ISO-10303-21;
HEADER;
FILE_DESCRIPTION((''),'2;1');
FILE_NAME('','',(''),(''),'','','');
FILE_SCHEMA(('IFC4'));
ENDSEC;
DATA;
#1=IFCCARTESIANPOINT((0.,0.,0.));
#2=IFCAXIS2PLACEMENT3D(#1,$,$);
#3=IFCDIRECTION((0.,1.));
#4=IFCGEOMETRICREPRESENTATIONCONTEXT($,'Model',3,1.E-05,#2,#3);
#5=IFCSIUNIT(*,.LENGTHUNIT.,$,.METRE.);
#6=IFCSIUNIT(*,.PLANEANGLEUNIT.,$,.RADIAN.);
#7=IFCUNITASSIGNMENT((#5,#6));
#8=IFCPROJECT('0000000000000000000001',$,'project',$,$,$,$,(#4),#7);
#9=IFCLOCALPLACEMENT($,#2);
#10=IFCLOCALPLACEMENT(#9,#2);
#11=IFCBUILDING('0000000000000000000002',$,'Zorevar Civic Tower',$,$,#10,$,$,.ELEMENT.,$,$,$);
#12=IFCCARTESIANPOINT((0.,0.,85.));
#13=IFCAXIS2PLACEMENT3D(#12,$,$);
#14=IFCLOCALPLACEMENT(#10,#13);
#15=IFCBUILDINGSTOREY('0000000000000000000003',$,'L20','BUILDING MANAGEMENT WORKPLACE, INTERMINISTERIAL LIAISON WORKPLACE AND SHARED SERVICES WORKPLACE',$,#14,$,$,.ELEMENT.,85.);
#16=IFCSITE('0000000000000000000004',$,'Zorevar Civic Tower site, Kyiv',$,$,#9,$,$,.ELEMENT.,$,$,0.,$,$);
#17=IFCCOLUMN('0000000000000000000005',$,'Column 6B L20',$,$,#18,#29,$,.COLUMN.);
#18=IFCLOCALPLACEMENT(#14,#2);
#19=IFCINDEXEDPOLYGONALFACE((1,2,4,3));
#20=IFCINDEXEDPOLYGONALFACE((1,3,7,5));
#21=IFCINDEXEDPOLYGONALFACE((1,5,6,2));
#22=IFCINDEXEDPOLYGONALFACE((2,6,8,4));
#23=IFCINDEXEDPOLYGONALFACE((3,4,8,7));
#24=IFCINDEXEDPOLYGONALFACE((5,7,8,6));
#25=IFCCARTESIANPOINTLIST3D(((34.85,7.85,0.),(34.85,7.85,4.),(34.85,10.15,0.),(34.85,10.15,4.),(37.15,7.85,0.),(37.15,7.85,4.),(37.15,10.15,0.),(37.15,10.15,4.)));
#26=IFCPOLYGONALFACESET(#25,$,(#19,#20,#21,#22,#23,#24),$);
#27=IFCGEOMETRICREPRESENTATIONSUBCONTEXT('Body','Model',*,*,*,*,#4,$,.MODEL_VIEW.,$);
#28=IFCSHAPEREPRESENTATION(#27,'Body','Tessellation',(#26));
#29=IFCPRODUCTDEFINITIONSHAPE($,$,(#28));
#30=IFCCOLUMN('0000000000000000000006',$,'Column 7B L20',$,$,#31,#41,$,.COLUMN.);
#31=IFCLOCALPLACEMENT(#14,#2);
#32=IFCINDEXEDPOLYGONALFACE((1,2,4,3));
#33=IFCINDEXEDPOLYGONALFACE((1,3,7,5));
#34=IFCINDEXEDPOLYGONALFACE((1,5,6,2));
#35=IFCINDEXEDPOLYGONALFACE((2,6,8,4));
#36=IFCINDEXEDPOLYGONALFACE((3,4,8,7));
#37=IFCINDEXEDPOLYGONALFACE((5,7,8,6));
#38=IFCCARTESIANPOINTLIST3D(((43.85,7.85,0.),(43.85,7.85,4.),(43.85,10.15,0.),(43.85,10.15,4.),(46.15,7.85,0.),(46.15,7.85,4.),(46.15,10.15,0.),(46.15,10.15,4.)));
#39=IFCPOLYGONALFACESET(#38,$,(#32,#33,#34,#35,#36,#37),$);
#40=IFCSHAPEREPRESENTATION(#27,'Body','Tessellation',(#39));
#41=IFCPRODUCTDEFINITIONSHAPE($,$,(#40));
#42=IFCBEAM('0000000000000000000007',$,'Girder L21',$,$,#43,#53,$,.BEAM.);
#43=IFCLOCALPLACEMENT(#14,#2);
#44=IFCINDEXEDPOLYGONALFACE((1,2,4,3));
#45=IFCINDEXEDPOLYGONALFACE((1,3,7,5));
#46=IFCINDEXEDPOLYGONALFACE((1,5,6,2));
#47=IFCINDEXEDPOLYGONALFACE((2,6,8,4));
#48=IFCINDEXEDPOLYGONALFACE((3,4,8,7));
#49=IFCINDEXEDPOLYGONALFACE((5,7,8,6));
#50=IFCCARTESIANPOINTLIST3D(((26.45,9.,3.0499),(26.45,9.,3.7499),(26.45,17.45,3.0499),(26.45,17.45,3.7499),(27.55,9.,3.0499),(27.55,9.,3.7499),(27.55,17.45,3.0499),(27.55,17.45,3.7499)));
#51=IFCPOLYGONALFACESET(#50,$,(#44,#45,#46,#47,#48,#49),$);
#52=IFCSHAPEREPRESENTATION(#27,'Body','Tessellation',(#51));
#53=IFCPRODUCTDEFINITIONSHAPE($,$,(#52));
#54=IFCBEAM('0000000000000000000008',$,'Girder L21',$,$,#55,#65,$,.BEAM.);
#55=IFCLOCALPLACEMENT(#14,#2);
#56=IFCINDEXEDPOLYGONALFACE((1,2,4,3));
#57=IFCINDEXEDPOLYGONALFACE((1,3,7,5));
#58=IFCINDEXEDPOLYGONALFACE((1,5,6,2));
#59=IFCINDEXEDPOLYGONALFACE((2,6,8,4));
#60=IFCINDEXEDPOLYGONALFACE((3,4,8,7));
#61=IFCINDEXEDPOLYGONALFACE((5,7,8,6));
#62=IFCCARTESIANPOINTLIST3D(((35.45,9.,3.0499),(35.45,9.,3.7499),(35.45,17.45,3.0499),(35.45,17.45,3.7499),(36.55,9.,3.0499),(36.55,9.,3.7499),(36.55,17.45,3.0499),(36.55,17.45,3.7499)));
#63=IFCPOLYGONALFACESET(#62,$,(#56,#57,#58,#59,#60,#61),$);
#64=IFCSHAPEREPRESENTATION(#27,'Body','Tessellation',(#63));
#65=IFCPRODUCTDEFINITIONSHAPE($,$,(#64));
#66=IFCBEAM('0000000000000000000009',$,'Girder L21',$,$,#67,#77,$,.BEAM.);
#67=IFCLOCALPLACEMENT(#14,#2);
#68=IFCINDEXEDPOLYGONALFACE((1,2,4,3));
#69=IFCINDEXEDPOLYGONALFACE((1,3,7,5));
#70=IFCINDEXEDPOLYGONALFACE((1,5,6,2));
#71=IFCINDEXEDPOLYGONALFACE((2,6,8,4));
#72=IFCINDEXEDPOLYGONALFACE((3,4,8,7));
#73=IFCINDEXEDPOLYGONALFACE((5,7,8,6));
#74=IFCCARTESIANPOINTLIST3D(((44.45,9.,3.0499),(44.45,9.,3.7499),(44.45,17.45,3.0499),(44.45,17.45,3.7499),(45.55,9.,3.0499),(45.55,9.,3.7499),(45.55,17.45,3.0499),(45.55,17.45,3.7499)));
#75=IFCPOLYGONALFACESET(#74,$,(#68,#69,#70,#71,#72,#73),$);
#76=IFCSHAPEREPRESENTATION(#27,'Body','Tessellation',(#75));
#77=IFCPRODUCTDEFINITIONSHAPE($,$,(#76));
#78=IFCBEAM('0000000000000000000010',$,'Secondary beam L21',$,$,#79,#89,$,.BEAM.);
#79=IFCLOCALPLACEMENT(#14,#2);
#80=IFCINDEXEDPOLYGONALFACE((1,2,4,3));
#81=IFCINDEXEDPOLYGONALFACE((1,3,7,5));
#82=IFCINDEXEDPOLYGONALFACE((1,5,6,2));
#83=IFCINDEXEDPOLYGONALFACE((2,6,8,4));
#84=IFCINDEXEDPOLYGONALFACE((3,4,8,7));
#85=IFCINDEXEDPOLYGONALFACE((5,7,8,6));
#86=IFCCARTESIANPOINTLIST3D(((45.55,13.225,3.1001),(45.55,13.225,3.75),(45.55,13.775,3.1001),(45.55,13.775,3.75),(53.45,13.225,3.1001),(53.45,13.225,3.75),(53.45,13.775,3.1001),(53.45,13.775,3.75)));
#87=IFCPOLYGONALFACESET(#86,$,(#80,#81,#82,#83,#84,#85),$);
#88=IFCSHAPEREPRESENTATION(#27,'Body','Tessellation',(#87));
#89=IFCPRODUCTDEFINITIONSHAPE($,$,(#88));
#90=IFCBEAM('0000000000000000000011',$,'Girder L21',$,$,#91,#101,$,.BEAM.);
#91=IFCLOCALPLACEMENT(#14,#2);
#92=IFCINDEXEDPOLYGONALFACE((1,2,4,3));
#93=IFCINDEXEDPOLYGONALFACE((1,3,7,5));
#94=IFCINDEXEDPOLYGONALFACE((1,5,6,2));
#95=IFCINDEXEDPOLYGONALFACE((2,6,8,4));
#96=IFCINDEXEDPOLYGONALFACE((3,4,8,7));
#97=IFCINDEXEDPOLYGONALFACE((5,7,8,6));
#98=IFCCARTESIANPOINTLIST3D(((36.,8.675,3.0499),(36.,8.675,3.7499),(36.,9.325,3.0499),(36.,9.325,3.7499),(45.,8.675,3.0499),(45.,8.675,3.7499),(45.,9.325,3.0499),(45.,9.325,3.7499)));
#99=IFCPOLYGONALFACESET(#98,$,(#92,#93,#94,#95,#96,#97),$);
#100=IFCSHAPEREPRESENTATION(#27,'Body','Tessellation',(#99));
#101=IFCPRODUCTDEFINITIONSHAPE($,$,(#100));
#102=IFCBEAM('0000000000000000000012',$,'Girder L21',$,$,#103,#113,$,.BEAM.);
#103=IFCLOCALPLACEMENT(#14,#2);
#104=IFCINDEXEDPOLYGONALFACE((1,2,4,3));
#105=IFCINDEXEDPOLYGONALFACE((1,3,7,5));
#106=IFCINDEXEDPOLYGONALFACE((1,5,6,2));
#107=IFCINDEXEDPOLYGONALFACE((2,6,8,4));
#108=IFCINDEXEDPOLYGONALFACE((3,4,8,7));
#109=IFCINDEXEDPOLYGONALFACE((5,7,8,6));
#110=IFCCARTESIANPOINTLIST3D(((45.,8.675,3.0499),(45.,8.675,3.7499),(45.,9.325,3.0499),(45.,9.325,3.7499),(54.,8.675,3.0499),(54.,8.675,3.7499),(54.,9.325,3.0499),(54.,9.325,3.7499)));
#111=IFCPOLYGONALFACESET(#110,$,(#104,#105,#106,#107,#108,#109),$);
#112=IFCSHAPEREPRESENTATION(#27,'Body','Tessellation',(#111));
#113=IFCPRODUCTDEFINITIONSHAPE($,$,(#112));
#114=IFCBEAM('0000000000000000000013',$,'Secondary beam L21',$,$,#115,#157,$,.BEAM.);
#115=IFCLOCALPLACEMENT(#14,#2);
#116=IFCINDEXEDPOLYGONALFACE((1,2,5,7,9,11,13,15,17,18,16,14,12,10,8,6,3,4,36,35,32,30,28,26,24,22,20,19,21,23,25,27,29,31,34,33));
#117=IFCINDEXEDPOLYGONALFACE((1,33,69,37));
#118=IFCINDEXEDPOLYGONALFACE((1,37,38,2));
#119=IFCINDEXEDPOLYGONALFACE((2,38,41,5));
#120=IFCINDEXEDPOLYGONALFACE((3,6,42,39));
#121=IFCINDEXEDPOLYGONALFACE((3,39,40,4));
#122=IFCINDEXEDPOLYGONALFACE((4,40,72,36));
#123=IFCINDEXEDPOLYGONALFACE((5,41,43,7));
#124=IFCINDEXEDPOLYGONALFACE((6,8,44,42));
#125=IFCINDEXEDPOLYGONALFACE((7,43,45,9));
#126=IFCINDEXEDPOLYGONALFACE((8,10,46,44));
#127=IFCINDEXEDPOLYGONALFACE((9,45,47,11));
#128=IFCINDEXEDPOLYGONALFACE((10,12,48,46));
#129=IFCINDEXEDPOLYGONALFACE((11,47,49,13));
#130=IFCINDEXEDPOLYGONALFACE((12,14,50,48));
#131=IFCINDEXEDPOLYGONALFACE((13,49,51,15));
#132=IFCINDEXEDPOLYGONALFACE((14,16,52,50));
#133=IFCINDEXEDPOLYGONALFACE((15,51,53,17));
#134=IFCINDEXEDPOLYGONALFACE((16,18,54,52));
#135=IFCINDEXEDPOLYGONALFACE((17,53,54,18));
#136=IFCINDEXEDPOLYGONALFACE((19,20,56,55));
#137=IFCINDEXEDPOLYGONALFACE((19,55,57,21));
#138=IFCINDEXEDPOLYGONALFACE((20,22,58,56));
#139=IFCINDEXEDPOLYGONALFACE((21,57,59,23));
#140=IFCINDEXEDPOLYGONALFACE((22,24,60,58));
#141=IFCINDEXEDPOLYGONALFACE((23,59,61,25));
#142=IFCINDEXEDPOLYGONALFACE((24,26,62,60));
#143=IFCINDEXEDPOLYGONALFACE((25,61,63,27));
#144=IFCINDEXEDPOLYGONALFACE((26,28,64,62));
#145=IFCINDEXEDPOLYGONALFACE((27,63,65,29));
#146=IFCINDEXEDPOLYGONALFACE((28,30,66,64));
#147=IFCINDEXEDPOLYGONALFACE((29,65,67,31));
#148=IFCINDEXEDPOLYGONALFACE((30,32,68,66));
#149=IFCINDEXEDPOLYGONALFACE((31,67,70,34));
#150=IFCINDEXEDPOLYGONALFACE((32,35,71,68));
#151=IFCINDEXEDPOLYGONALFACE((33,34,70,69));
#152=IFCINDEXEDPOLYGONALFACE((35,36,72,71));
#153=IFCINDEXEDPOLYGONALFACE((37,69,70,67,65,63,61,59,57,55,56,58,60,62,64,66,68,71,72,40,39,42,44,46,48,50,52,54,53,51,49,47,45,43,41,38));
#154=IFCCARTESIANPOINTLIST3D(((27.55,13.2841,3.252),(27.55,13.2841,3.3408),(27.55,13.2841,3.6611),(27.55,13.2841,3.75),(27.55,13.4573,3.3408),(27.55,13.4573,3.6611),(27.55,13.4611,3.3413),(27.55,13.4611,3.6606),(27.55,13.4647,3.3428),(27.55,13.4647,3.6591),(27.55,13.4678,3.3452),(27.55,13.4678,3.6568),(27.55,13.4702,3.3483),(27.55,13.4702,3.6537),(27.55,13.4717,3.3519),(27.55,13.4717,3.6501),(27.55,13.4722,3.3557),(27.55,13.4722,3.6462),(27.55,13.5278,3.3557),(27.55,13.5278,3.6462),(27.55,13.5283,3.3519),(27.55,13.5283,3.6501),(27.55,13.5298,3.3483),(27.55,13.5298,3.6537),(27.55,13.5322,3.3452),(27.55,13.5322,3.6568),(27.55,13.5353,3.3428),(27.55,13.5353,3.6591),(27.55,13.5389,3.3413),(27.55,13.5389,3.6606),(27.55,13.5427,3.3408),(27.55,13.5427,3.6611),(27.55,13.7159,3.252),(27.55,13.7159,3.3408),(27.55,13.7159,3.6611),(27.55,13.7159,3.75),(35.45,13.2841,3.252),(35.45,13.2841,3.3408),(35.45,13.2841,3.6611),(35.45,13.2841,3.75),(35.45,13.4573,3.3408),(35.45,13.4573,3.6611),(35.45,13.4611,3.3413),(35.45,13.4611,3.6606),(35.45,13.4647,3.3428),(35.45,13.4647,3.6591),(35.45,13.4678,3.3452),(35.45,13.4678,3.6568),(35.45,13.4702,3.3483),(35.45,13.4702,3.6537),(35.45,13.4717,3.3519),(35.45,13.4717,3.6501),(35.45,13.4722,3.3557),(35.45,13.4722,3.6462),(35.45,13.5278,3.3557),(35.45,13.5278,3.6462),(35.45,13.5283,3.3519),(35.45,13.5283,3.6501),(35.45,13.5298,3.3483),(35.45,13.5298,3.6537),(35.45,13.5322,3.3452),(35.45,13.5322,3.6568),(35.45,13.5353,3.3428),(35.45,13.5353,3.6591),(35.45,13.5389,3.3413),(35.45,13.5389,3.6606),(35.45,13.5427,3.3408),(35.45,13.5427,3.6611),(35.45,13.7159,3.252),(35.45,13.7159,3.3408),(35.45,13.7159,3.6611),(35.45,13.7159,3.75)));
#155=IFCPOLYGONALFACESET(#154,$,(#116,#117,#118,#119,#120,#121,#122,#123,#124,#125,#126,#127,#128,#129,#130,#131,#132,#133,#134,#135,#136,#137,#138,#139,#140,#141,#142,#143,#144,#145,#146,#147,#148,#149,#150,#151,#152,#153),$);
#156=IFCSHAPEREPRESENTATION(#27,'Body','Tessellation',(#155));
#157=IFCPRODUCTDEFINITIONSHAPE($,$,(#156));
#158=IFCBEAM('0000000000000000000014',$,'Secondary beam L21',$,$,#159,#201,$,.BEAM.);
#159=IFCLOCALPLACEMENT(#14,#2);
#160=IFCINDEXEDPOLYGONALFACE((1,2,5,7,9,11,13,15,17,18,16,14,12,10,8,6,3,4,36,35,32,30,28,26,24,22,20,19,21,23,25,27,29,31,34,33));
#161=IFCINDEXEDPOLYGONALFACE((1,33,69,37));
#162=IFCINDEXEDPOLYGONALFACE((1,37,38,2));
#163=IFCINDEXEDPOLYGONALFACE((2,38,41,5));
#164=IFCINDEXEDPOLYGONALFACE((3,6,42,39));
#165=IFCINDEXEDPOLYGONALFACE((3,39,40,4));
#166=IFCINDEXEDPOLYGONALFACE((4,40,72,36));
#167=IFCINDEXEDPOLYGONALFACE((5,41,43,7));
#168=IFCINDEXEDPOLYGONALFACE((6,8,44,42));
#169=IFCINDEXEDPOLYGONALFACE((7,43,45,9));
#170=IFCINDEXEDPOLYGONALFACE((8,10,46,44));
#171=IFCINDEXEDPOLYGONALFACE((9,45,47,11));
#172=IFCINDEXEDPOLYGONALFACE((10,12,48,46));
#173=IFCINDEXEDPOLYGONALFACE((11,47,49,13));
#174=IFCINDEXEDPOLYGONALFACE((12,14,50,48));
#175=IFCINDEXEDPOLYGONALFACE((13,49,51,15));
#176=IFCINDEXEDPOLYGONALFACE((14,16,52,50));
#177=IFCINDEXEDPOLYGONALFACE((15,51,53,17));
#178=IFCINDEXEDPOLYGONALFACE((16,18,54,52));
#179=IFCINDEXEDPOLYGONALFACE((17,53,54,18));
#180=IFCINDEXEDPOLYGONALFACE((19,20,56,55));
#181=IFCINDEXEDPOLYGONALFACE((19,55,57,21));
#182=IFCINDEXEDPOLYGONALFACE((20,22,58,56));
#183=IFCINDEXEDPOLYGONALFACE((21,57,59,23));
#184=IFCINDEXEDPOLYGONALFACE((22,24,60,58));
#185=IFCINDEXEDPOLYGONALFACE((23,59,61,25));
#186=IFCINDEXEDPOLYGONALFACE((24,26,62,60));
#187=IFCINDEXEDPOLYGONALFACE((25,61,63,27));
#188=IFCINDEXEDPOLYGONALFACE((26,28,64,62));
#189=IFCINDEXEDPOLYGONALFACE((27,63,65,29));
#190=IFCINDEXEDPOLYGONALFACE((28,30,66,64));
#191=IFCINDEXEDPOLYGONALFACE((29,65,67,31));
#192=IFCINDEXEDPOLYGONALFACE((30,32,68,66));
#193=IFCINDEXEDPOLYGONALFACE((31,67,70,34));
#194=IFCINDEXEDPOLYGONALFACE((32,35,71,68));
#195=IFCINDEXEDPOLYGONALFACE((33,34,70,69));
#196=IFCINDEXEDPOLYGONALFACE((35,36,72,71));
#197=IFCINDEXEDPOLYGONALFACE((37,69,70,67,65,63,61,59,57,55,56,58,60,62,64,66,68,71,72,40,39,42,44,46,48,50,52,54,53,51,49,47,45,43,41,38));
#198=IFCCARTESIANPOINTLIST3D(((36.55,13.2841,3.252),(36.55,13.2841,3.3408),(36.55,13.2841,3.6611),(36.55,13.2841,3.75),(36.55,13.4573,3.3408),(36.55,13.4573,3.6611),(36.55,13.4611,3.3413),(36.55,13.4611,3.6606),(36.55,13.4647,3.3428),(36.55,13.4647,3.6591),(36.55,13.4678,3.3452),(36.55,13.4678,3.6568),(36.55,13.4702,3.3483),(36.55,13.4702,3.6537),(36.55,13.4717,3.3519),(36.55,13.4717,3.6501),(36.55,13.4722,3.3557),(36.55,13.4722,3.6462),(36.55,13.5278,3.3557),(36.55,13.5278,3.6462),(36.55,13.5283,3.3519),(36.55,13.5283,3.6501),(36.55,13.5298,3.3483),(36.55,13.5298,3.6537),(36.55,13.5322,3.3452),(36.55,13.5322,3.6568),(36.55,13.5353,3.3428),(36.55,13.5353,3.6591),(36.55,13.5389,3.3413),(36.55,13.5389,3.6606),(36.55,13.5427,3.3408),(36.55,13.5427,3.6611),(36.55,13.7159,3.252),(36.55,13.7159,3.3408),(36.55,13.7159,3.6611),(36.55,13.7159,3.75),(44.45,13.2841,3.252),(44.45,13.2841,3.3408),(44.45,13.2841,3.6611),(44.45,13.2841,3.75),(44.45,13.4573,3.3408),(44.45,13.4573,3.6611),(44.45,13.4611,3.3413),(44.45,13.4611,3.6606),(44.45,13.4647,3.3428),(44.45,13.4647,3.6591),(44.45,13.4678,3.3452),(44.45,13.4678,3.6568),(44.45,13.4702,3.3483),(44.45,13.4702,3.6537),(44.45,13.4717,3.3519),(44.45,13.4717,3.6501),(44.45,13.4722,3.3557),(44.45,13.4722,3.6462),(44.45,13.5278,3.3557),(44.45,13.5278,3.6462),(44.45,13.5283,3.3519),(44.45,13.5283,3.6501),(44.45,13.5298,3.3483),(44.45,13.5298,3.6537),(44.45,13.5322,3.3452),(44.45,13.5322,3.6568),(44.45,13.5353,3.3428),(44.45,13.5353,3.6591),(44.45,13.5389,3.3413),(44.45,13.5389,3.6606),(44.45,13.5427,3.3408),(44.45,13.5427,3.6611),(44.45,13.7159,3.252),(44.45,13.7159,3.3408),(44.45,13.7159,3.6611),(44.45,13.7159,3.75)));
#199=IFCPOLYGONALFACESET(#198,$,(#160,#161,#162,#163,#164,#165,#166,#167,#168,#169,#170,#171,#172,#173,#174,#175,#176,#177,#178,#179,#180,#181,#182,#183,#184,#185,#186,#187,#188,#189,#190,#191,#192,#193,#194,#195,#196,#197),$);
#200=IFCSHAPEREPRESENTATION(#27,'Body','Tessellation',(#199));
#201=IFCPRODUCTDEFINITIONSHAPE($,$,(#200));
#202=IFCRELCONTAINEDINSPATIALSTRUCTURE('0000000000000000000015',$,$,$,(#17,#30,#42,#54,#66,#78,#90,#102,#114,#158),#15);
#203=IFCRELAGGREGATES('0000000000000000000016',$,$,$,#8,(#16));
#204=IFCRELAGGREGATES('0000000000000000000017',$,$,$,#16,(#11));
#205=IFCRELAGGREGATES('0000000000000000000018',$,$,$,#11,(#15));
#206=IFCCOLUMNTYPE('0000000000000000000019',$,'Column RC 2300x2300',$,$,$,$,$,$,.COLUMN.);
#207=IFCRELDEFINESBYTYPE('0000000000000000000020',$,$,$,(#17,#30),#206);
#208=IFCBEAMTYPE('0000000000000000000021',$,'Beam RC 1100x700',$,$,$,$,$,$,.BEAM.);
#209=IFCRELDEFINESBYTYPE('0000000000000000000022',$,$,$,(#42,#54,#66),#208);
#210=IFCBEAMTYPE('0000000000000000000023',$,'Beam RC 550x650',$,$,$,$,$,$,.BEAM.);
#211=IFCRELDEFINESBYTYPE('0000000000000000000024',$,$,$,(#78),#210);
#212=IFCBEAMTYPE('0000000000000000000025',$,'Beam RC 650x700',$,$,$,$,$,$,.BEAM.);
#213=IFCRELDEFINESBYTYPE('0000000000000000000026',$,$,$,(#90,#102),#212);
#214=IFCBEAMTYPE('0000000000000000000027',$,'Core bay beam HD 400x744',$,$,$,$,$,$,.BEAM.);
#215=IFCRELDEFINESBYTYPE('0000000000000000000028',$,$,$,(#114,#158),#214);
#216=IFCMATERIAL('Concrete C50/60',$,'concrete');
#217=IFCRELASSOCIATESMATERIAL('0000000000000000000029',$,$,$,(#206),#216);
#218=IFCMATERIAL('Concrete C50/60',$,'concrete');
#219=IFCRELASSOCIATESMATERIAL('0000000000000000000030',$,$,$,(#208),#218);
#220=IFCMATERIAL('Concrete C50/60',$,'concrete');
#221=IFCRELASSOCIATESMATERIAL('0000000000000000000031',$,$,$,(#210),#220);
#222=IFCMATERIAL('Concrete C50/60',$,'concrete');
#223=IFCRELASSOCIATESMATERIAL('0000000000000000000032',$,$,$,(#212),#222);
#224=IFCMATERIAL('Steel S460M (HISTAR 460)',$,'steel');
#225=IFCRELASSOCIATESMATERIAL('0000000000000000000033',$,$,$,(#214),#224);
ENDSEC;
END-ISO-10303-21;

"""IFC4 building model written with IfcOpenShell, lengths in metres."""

from ifc_helpers import new_model, si_unit, direction, frame, origin, origin_2d, place, context, subcontext, project, spatial, rectangle, i_section, extrude, material, material_profile, profile_set, type_object, element, save


model = new_model("IFC4")

# Units and contexts
model_context = context("Model", 3, precision=1e-05, world=origin(), true_north=direction((0.0, 1.0)))
body_context = subcontext(model_context, "Body", "Model", "MODEL_VIEW")
ifc_project = project(units=[si_unit("LENGTHUNIT", "METRE"), si_unit("PLANEANGLEUNIT", "RADIAN")], contexts=[model_context])

# Site, building, storey
site_placement = place(None, origin())
site = spatial("IfcSite", under=ifc_project, at=site_placement, Name="Zorevar Civic Tower site, Kyiv", CompositionType="ELEMENT", RefElevation=0.0)
building_placement = place(site_placement, origin())
building = spatial("IfcBuilding", under=site, at=building_placement, Name="Zorevar Civic Tower", CompositionType="ELEMENT")
storey_placement = place(building_placement, frame((0.0, 0.0, 85.0)))
storey = spatial("IfcBuildingStorey", under=building, at=storey_placement, Name="L20", Description="BUILDING MANAGEMENT WORKPLACE, INTERMINISTERIAL LIAISON WORKPLACE AND SHARED SERVICES WORKPLACE", CompositionType="ELEMENT", Elevation=85.0)

# Columns
ifc_material_1 = material(Name="Concrete C50/60", Category="concrete")
ifc_material_profile_1 = material_profile(ifc_material_1, rectangle(XDim=2.3, YDim=2.3, at=origin_2d()), Name="RC 2300x2300")
ifc_profile_set_1 = profile_set([ifc_material_profile_1], Name="Concrete C50/60")
column_type = type_object("IfcColumnType", Name="Column RC 2300x2300", PredefinedType="COLUMN", material=ifc_profile_set_1)
for number, where, z_axis, x_axis, name in (
    (1, (36.0, 9.0, 0.0), (0.0, 0.0, 1.0), (1.0, 0.0, 0.0), "Column 6B L20"),
    (2, (45.0, 9.0, 0.0), (0.0, 0.0, 1.0), (1.0, 0.0, 0.0), "Column 7B L20"),
):
    element("IfcColumn", number, at=place(storey_placement, frame(where, z_axis=z_axis, x_axis=x_axis)), inside=storey, type_object=column_type, Name=name, PredefinedType="COLUMN", context=body_context, shape_type="SweptSolid", body=[
        extrude(rectangle(XDim=2.3, YDim=2.3, at=origin_2d()), origin(), (0.0, 0.0, 1.0), 4.0),
    ])

# Beams
ifc_material_2 = material(Name="Concrete C50/60", Category="concrete")
ifc_material_profile_2 = material_profile(ifc_material_2, rectangle(XDim=1.1001, YDim=0.7, at=origin_2d()), Name="RC 1100x700")
ifc_profile_set_2 = profile_set([ifc_material_profile_2], Name="Concrete C50/60")
beam_type_1 = type_object("IfcBeamType", Name="Beam RC 1100x700", PredefinedType="BEAM", material=ifc_profile_set_2)
for number, where, z_axis, x_axis, name in (
    (3, (27.0, 9.0, 3.3999), (0.0, 1.0, 0.0), (-1.0, 0.0, 0.0), "Girder L21"),
    (4, (36.0, 9.0, 3.3999), (0.0, 1.0, 0.0), (-1.0, 0.0, 0.0), "Girder L21"),
    (5, (45.0, 9.0, 3.3999), (0.0, 1.0, 0.0), (-1.0, 0.0, 0.0), "Girder L21"),
):
    element("IfcBeam", number, at=place(storey_placement, frame(where, z_axis=z_axis, x_axis=x_axis)), inside=storey, type_object=beam_type_1, Name=name, PredefinedType="BEAM", context=body_context, shape_type="SweptSolid", body=[
        extrude(rectangle(XDim=1.1001, YDim=0.7, at=origin_2d()), origin(), (0.0, 0.0, 1.0), 8.45),
    ])
ifc_material_3 = material(Name="Concrete C50/60", Category="concrete")
ifc_material_profile_3 = material_profile(ifc_material_3, rectangle(XDim=0.55, YDim=0.6499, at=origin_2d()), Name="RC 550x650")
ifc_profile_set_3 = profile_set([ifc_material_profile_3], Name="Concrete C50/60")
beam_type_2 = type_object("IfcBeamType", Name="Beam RC 550x650", PredefinedType="BEAM", material=ifc_profile_set_3)
beam_placement = place(storey_placement, frame((45.55, 13.5, 3.425), z_axis=(1.0, 0.0, 0.0), x_axis=(0.0, 1.0, 0.0)))
element("IfcBeam", 6, at=beam_placement, inside=storey, type_object=beam_type_2, Name="Secondary beam L21", PredefinedType="BEAM", context=body_context, shape_type="SweptSolid", body=[
    extrude(rectangle(XDim=0.55, YDim=0.6499, at=origin_2d()), origin(), (0.0, 0.0, 1.0), 7.8999),
])
ifc_material_4 = material(Name="Concrete C50/60", Category="concrete")
ifc_material_profile_4 = material_profile(ifc_material_4, rectangle(XDim=0.6499, YDim=0.7, at=origin_2d()), Name="RC 650x700")
ifc_profile_set_4 = profile_set([ifc_material_profile_4], Name="Concrete C50/60")
beam_type_3 = type_object("IfcBeamType", Name="Beam RC 650x700", PredefinedType="BEAM", material=ifc_profile_set_4)
for number, where, z_axis, x_axis, name in (
    (7, (36.0, 9.0, 3.3999), (1.0, 0.0, 0.0), (0.0, 1.0, 0.0), "Girder L21"),
    (8, (45.0, 9.0, 3.3999), (1.0, 0.0, 0.0), (0.0, 1.0, 0.0), "Girder L21"),
):
    element("IfcBeam", number, at=place(storey_placement, frame(where, z_axis=z_axis, x_axis=x_axis)), inside=storey, type_object=beam_type_3, Name=name, PredefinedType="BEAM", context=body_context, shape_type="SweptSolid", body=[
        extrude(rectangle(XDim=0.6499, YDim=0.7, at=origin_2d()), origin(), (0.0, 0.0, 1.0), 9.0),
    ])
ifc_material_5 = material(Name="Steel S460M (HISTAR 460)", Category="steel")
ifc_material_profile_5 = material_profile(ifc_material_5, i_section(OverallWidth=0.4319, OverallDepth=0.498, WebThickness=0.0557, FlangeThickness=0.0889, FilletRadius=0.0149, at=origin_2d()), Name="HD 400x744")
ifc_profile_set_5 = profile_set([ifc_material_profile_5], Name="Steel S460M (HISTAR 460)")
beam_type_4 = type_object("IfcBeamType", Name="Core bay beam HD 400x744", PredefinedType="BEAM", material=ifc_profile_set_5)
for number, where, z_axis, x_axis, name in (
    (9, (27.55, 13.5, 3.501), (1.0, 0.0, 0.0), (0.0, 1.0, 0.0), "Secondary beam L21"),
    (10, (36.55, 13.5, 3.501), (1.0, 0.0, 0.0), (0.0, 1.0, 0.0), "Secondary beam L21"),
):
    element("IfcBeam", number, at=place(storey_placement, frame(where, z_axis=z_axis, x_axis=x_axis)), inside=storey, type_object=beam_type_4, Name=name, PredefinedType="BEAM", context=body_context, shape_type="SweptSolid", body=[
        extrude(i_section(OverallWidth=0.4319, OverallDepth=0.498, WebThickness=0.0557, FlangeThickness=0.0889, FilletRadius=0.0149, at=origin_2d()), origin(), (0.0, 0.0, 1.0), 7.8999),
    ])

save(model, "model.ifc")
